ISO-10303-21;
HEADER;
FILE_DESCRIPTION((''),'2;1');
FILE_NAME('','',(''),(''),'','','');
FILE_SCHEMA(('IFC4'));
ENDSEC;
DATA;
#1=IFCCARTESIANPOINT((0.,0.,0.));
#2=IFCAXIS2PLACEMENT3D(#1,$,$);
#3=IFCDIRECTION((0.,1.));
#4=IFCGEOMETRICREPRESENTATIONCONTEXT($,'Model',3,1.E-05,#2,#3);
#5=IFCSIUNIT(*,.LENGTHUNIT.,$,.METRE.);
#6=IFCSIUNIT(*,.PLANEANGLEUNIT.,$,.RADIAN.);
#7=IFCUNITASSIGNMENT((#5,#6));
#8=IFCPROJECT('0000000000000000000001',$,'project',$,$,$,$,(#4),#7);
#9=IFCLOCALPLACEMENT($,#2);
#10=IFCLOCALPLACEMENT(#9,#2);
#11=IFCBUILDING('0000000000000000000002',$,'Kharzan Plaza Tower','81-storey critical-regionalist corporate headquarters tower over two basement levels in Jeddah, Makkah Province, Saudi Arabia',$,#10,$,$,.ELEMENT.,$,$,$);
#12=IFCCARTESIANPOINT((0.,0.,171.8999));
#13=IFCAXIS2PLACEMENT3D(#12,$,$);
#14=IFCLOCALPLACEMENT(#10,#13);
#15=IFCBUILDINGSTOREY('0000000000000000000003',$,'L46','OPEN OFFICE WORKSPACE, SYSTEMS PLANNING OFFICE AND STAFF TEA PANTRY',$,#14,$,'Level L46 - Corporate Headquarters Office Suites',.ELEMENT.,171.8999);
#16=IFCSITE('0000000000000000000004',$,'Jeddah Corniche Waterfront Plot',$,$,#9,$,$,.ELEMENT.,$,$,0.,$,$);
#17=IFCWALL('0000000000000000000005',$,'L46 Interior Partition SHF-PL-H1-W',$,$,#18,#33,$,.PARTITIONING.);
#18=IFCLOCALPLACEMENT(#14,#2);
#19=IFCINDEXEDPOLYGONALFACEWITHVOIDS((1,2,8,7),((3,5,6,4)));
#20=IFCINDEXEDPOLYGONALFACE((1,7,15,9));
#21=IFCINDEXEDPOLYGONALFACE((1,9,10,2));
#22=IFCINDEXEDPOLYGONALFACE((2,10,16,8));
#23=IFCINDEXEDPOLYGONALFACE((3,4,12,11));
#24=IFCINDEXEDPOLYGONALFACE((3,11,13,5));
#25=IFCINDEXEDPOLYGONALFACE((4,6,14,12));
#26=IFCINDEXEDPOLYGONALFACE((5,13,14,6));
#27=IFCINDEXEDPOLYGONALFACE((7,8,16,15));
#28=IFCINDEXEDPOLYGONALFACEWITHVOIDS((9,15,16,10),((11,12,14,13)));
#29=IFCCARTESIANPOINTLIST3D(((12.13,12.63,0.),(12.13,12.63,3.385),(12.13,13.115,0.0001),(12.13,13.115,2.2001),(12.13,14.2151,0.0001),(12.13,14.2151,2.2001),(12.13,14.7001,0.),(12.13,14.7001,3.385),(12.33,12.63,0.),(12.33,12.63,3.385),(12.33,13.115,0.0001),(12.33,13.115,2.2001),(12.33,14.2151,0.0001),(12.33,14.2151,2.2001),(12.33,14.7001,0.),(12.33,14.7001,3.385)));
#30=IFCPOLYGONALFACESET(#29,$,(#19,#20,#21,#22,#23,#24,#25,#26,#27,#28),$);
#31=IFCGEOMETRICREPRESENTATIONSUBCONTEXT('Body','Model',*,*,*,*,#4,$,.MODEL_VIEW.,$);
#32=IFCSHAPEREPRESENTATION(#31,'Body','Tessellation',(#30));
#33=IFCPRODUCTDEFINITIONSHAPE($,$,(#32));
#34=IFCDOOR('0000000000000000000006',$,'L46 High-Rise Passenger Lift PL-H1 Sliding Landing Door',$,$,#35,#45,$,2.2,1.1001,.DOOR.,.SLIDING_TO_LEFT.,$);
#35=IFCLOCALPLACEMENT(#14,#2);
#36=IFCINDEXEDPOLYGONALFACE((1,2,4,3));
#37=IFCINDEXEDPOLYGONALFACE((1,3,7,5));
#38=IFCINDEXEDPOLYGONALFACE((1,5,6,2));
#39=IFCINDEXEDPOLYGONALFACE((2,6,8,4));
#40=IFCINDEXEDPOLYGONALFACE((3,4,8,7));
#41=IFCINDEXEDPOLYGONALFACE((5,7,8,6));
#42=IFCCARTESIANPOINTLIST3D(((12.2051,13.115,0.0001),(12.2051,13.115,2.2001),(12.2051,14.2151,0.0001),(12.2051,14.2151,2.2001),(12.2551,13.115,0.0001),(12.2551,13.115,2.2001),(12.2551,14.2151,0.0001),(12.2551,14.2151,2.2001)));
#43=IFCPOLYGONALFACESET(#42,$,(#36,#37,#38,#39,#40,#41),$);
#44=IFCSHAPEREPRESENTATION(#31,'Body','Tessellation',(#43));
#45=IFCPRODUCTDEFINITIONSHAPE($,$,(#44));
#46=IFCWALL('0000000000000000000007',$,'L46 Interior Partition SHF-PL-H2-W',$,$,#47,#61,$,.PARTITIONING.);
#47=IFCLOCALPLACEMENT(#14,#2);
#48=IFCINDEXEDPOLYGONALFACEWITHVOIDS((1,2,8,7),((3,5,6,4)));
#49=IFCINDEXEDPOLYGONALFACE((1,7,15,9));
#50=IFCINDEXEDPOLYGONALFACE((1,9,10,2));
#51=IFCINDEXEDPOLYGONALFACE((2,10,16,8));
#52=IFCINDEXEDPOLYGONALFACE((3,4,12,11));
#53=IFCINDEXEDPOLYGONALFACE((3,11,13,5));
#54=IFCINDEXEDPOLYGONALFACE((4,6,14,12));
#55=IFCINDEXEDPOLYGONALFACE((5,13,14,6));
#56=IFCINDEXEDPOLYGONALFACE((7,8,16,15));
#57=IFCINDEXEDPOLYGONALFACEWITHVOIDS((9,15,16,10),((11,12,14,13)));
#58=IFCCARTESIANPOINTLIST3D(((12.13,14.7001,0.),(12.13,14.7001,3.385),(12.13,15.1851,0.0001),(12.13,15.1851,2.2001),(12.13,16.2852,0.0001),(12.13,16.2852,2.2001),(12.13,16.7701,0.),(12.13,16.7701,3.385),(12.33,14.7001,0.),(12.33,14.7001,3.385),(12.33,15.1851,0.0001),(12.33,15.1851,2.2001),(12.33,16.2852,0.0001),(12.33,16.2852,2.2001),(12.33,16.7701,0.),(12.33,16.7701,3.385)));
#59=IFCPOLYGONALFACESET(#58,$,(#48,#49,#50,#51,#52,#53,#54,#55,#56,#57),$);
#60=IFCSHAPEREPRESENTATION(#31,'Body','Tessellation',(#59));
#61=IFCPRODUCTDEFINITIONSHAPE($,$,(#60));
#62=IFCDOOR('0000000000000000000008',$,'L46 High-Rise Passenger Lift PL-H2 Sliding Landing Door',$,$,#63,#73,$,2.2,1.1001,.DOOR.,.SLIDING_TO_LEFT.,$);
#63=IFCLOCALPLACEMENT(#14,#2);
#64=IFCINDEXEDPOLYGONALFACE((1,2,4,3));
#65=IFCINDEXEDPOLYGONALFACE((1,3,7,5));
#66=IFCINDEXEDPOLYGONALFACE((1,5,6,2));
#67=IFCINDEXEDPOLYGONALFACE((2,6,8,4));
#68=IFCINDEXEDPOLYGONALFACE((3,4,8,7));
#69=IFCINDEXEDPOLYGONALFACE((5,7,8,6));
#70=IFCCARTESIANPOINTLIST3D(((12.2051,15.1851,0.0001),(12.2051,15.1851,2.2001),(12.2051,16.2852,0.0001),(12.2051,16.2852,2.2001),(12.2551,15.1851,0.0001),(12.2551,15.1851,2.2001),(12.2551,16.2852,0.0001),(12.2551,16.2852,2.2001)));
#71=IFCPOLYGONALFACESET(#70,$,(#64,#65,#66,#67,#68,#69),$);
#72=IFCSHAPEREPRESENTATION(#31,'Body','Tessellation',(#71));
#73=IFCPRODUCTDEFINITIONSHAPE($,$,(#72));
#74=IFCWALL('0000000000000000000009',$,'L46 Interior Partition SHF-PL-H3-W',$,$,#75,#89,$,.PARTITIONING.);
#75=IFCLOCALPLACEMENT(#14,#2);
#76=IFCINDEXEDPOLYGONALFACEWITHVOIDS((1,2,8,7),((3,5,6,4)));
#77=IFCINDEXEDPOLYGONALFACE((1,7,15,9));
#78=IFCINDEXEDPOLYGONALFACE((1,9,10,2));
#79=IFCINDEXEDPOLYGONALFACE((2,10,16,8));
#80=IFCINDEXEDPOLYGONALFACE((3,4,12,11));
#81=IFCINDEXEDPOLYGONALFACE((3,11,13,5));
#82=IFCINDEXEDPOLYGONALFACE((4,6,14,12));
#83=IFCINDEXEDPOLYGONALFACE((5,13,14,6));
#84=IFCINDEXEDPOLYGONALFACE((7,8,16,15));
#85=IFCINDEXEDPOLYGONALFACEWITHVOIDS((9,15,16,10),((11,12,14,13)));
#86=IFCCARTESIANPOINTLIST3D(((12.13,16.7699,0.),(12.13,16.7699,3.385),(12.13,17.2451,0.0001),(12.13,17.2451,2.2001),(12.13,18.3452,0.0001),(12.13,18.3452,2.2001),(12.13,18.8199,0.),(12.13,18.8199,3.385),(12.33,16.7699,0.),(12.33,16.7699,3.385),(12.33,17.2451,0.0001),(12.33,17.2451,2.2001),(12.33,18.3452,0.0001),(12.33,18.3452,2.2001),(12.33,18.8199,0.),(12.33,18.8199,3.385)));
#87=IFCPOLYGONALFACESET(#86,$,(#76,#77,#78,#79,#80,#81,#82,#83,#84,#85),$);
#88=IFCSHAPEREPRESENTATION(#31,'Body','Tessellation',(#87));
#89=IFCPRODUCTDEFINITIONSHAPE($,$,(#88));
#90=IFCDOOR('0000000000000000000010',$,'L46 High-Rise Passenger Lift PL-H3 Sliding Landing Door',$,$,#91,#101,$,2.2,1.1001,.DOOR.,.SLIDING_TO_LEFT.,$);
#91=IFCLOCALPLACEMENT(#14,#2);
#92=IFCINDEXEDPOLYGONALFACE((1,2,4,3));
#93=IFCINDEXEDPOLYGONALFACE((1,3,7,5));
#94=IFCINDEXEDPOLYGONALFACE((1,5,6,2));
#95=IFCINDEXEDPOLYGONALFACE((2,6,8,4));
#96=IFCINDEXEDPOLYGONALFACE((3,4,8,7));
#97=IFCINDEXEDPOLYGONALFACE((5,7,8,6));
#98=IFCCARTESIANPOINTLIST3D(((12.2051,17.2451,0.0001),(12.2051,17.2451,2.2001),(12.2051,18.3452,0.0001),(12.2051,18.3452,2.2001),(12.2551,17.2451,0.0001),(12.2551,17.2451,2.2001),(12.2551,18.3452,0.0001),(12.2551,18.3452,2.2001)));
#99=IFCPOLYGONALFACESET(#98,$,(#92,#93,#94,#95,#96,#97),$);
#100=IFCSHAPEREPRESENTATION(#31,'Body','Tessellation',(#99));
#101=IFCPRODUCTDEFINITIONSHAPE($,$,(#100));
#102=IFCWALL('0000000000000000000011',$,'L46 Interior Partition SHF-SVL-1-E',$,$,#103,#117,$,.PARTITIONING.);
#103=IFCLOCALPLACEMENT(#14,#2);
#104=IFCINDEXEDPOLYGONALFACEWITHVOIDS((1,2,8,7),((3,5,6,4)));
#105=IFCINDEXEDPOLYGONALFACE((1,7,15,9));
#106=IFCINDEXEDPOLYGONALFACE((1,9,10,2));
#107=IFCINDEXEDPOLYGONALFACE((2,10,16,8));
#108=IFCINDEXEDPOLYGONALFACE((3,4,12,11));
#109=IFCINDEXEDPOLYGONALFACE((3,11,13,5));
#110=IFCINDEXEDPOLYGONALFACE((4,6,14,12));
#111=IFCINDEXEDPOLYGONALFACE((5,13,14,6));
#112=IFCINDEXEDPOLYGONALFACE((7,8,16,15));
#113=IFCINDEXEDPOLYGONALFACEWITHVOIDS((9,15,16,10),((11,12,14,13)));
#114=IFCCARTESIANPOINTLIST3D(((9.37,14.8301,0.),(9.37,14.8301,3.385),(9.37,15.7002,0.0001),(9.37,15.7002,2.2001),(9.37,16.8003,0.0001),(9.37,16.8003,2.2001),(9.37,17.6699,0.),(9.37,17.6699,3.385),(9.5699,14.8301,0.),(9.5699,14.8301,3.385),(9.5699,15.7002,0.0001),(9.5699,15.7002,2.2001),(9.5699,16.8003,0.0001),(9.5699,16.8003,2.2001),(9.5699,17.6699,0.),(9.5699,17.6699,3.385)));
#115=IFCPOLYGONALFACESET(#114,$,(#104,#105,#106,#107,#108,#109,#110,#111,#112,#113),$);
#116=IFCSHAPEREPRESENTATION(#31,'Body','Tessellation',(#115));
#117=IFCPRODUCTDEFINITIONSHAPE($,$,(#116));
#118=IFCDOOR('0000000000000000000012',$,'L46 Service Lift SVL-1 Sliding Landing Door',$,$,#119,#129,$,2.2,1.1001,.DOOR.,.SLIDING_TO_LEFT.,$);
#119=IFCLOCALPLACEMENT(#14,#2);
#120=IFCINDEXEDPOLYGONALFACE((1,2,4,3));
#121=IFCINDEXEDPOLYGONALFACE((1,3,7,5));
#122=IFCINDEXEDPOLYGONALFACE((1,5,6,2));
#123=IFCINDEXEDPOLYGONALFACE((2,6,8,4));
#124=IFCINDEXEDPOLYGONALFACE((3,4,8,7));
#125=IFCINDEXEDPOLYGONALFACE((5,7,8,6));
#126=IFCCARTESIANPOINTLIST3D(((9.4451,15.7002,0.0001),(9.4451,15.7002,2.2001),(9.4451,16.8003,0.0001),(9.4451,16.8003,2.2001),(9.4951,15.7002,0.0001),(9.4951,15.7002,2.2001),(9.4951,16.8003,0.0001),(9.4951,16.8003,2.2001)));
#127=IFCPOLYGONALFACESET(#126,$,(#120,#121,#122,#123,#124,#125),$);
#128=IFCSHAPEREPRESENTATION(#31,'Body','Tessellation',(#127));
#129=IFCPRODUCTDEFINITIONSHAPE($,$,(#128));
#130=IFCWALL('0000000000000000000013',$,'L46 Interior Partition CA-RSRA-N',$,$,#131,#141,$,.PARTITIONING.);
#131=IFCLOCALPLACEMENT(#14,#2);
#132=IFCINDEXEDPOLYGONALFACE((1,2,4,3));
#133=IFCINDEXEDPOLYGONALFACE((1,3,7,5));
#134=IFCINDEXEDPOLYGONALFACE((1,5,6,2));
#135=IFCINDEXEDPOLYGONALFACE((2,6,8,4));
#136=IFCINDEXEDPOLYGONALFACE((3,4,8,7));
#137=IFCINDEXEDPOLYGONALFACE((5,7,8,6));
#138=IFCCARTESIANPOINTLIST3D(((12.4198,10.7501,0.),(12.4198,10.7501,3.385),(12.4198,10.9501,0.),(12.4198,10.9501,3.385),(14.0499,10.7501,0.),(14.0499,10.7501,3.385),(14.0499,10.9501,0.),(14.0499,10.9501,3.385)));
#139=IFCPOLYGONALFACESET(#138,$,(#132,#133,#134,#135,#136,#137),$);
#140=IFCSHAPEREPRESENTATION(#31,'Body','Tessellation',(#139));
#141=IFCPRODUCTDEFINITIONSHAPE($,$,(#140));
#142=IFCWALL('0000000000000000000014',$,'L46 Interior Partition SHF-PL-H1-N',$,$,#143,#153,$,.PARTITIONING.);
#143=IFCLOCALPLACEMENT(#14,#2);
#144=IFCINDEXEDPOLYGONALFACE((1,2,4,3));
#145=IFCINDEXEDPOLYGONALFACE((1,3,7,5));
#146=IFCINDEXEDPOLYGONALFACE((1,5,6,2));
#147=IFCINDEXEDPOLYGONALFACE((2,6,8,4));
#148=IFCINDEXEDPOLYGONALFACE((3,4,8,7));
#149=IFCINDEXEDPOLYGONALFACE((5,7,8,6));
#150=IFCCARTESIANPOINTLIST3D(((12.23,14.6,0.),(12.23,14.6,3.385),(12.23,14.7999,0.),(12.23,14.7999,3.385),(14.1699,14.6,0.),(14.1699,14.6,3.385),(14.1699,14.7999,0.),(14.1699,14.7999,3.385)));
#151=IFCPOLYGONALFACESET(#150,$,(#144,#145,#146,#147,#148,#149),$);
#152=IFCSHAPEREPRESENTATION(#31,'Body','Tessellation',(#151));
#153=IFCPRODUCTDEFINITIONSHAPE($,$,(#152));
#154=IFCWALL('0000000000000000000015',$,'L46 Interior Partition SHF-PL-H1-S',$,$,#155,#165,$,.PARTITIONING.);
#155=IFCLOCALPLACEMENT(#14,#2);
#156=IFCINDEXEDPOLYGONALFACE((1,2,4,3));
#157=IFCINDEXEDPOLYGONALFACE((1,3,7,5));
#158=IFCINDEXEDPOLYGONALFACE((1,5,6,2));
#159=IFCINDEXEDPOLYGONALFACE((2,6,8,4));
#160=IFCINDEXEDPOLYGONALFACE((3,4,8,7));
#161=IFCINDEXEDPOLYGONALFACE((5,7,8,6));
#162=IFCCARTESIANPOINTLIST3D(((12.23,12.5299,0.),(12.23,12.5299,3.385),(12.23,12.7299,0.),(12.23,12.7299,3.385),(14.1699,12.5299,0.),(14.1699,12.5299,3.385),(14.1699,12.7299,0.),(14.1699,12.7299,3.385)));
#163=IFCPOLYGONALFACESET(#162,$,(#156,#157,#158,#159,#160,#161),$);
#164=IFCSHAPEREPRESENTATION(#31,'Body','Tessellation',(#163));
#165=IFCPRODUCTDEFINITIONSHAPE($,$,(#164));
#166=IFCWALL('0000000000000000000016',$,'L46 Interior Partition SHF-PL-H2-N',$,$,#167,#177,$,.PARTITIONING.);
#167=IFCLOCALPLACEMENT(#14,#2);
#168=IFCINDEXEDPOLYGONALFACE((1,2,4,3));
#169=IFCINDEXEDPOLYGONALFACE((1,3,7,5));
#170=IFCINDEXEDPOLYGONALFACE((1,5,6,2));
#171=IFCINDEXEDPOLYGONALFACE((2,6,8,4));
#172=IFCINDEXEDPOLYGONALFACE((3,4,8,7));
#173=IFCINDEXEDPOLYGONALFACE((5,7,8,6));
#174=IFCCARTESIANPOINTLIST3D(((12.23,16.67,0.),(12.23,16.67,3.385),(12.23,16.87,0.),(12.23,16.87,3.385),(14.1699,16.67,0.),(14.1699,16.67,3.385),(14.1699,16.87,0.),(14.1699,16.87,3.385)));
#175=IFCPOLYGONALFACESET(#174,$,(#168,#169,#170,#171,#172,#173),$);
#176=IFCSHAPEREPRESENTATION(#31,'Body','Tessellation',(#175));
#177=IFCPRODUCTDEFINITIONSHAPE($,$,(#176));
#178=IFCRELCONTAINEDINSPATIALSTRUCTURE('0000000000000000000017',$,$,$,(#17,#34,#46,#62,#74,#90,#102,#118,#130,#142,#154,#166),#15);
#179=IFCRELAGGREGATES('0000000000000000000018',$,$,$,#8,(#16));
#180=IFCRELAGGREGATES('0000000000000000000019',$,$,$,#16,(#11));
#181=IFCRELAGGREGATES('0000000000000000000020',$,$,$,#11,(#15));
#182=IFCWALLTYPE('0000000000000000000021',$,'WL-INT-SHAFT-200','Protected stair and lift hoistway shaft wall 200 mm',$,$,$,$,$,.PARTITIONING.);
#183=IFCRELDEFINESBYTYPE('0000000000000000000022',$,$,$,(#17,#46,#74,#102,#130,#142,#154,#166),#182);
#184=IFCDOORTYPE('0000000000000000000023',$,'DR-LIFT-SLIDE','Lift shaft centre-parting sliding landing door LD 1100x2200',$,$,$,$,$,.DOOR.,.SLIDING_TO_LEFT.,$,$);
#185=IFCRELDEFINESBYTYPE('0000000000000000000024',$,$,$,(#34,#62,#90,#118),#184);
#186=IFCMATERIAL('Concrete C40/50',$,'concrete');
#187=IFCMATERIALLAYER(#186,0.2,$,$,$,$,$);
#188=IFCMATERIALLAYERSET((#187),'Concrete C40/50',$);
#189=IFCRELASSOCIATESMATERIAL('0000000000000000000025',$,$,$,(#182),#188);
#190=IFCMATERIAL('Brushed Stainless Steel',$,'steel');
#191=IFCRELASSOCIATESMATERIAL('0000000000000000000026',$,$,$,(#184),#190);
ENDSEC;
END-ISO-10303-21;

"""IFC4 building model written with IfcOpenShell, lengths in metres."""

from ifc_helpers import new_model, si_unit, direction, frame, frame_2d, origin, place, context, subcontext, project, spatial, rectangle, extrude, source, transform, mapped, material, layer, layer_set, type_object, element, fill, save


model = new_model("IFC4")

# Units and contexts
model_context = context("Model", 3, precision=1e-05, world=origin(), true_north=direction((0.0, 1.0)))
body_context = subcontext(model_context, "Body", "Model", "MODEL_VIEW")
ifc_project = project(units=[si_unit("LENGTHUNIT", "METRE"), si_unit("PLANEANGLEUNIT", "RADIAN")], contexts=[model_context])

# Site, building, storey
site_placement = place(None, origin())
site = spatial("IfcSite", under=ifc_project, at=site_placement, Name="Jeddah Corniche Waterfront Plot", CompositionType="ELEMENT", RefElevation=0.0)
building_placement = place(site_placement, origin())
building = spatial("IfcBuilding", under=site, at=building_placement, Name="Kharzan Plaza Tower", Description="81-storey critical-regionalist corporate headquarters tower over two basement levels in Jeddah, Makkah Province, Saudi Arabia", CompositionType="ELEMENT")
storey_placement = place(building_placement, frame((0.0, 0.0, 171.8999)))
storey = spatial("IfcBuildingStorey", under=building, at=storey_placement, Name="L46", Description="OPEN OFFICE WORKSPACE, SYSTEMS PLANNING OFFICE AND STAFF TEA PANTRY", LongName="Level L46 - Corporate Headquarters Office Suites", CompositionType="ELEMENT", Elevation=171.8999)

# Walls, openings, doors
ifc_material_1 = material(Name="Concrete C40/50", Category="concrete")
ifc_layer_1 = layer(ifc_material_1, 0.2)
ifc_layer_set_1 = layer_set([ifc_layer_1], Name="Concrete C40/50")
wall_type_1 = type_object("IfcWallType", Name="WL-INT-SHAFT-200", Description="Protected stair and lift hoistway shaft wall 200 mm", PredefinedType="PARTITIONING", material=ifc_layer_set_1)
wall_1_placement = place(storey_placement, frame((12.23, 12.6299, 0.0), z_axis=(0.0, 0.0, 1.0), x_axis=(0.0, 1.0, 0.0)))
wall_1 = element("IfcWall", 1, at=wall_1_placement, inside=storey, type_object=wall_type_1, Name="L46 Interior Partition SHF-PL-H1-W", PredefinedType="PARTITIONING", context=body_context, shape_type="SweptSolid", body=[
    extrude(rectangle(XDim=2.0701, YDim=0.2, at=frame_2d((1.0352, 0.0))), origin(), (0.0, 0.0, 1.0), 3.385),
])
opening_1_placement = place(wall_1_placement, frame((0.4851, 0.0, 0.0)))
opening_1 = element("IfcOpeningElement", 2, at=opening_1_placement, cuts=wall_1, PredefinedType="OPENING", context=body_context, shape_type="SweptSolid", body=[
    extrude(rectangle(XDim=1.1001, YDim=2.2, at=frame_2d((0.55, 1.1001))), frame((0.0, 0.1099, 0.0), z_axis=(0.0, -1.0, 0.0), x_axis=(1.0, 0.0, 0.0)), (0.0, 0.0, 1.0), 0.22),
])
ifc_material_2 = material(Name="Brushed Stainless Steel", Category="steel")
door_type_1 = type_object("IfcDoorType", Name="DR-LIFT-SLIDE", Description="Lift shaft centre-parting sliding landing door LD 1100x2200", OperationType="SLIDING_TO_LEFT", PredefinedType="DOOR", material=ifc_material_2)
shared_shape_1 = source(origin(), body_context, "Body", "SweptSolid", [
    extrude(rectangle(XDim=1.1001, YDim=2.2, at=frame_2d((0.55, 1.1001))), frame((0.0, 0.0249, 0.0), z_axis=(0.0, -1.0, 0.0), x_axis=(1.0, 0.0, 0.0)), (0.0, 0.0, 1.0), 0.05),
])
door_1_placement = place(opening_1_placement, origin())
door_1 = element("IfcDoor", 3, at=door_1_placement, inside=storey, type_object=door_type_1, Name="L46 High-Rise Passenger Lift PL-H1 Sliding Landing Door", OperationType="SLIDING_TO_LEFT", OverallHeight=2.2, OverallWidth=1.1001, PredefinedType="DOOR", context=body_context, shape_type="MappedRepresentation", body=[
    mapped(shared_shape_1, transform((0.0, 0.0, 0.0), x_axis=(1.0, 0.0, 0.0), y_axis=(0.0, 1.0, 0.0), z_axis=(0.0, 0.0, 1.0))),
])
fill(opening_1, door_1)
wall_2_placement = place(storey_placement, frame((12.23, 14.7, 0.0), z_axis=(0.0, 0.0, 1.0), x_axis=(0.0, 1.0, 0.0)))
wall_2 = element("IfcWall", 4, at=wall_2_placement, inside=storey, type_object=wall_type_1, Name="L46 Interior Partition SHF-PL-H2-W", PredefinedType="PARTITIONING", context=body_context, shape_type="SweptSolid", body=[
    extrude(rectangle(XDim=2.0701, YDim=0.2, at=frame_2d((1.0352, 0.0))), origin(), (0.0, 0.0, 1.0), 3.385),
])
opening_2_placement = place(wall_2_placement, frame((0.4851, 0.0, 0.0)))
opening_2 = element("IfcOpeningElement", 5, at=opening_2_placement, cuts=wall_2, PredefinedType="OPENING", context=body_context, shape_type="SweptSolid", body=[
    extrude(rectangle(XDim=1.1001, YDim=2.2, at=frame_2d((0.55, 1.1001))), frame((0.0, 0.1099, 0.0), z_axis=(0.0, -1.0, 0.0), x_axis=(1.0, 0.0, 0.0)), (0.0, 0.0, 1.0), 0.22),
])
door_2_placement = place(opening_2_placement, origin())
door_2 = element("IfcDoor", 6, at=door_2_placement, inside=storey, type_object=door_type_1, Name="L46 High-Rise Passenger Lift PL-H2 Sliding Landing Door", OperationType="SLIDING_TO_LEFT", OverallHeight=2.2, OverallWidth=1.1001, PredefinedType="DOOR", context=body_context, shape_type="MappedRepresentation", body=[
    mapped(shared_shape_1, transform((0.0, 0.0, 0.0), x_axis=(1.0, 0.0, 0.0), y_axis=(0.0, 1.0, 0.0), z_axis=(0.0, 0.0, 1.0))),
])
fill(opening_2, door_2)
wall_3_placement = place(storey_placement, frame((12.23, 16.77, 0.0), z_axis=(0.0, 0.0, 1.0), x_axis=(0.0, 1.0, 0.0)))
wall_3 = element("IfcWall", 7, at=wall_3_placement, inside=storey, type_object=wall_type_1, Name="L46 Interior Partition SHF-PL-H3-W", PredefinedType="PARTITIONING", context=body_context, shape_type="SweptSolid", body=[
    extrude(rectangle(XDim=2.05, YDim=0.2, at=frame_2d((1.0249, 0.0))), origin(), (0.0, 0.0, 1.0), 3.385),
])
opening_3_placement = place(wall_3_placement, frame((0.4751, 0.0, 0.0)))
opening_3 = element("IfcOpeningElement", 8, at=opening_3_placement, cuts=wall_3, PredefinedType="OPENING", context=body_context, shape_type="SweptSolid", body=[
    extrude(rectangle(XDim=1.1001, YDim=2.2, at=frame_2d((0.55, 1.1001))), frame((0.0, 0.1099, 0.0), z_axis=(0.0, -1.0, 0.0), x_axis=(1.0, 0.0, 0.0)), (0.0, 0.0, 1.0), 0.22),
])
door_3_placement = place(opening_3_placement, origin())
door_3 = element("IfcDoor", 9, at=door_3_placement, inside=storey, type_object=door_type_1, Name="L46 High-Rise Passenger Lift PL-H3 Sliding Landing Door", OperationType="SLIDING_TO_LEFT", OverallHeight=2.2, OverallWidth=1.1001, PredefinedType="DOOR", context=body_context, shape_type="MappedRepresentation", body=[
    mapped(shared_shape_1, transform((0.0, 0.0, 0.0), x_axis=(1.0, 0.0, 0.0), y_axis=(0.0, 1.0, 0.0), z_axis=(0.0, 0.0, 1.0))),
])
fill(opening_3, door_3)
wall_4_placement = place(storey_placement, frame((9.47, 14.8301, 0.0), z_axis=(0.0, 0.0, 1.0), x_axis=(0.0, 1.0, 0.0)))
wall_4 = element("IfcWall", 10, at=wall_4_placement, inside=storey, type_object=wall_type_1, Name="L46 Interior Partition SHF-SVL-1-E", PredefinedType="PARTITIONING", context=body_context, shape_type="SweptSolid", body=[
    extrude(rectangle(XDim=2.8398, YDim=0.2, at=frame_2d((1.4199, 0.0))), origin(), (0.0, 0.0, 1.0), 3.385),
])
opening_4_placement = place(wall_4_placement, frame((0.8701, 0.0, 0.0)))
opening_4 = element("IfcOpeningElement", 11, at=opening_4_placement, cuts=wall_4, PredefinedType="OPENING", context=body_context, shape_type="SweptSolid", body=[
    extrude(rectangle(XDim=1.1001, YDim=2.2, at=frame_2d((0.55, 1.1001))), frame((0.0, 0.1099, 0.0), z_axis=(0.0, -1.0, 0.0), x_axis=(1.0, 0.0, 0.0)), (0.0, 0.0, 1.0), 0.22),
])
door_4_placement = place(opening_4_placement, origin())
door_4 = element("IfcDoor", 12, at=door_4_placement, inside=storey, type_object=door_type_1, Name="L46 Service Lift SVL-1 Sliding Landing Door", OperationType="SLIDING_TO_LEFT", OverallHeight=2.2, OverallWidth=1.1001, PredefinedType="DOOR", context=body_context, shape_type="MappedRepresentation", body=[
    mapped(shared_shape_1, transform((0.0, 0.0, 0.0), x_axis=(1.0, 0.0, 0.0), y_axis=(0.0, 1.0, 0.0), z_axis=(0.0, 0.0, 1.0))),
])
fill(opening_4, door_4)

# Walls
shared_shape_2 = source(origin(), body_context, "Body", "SweptSolid", [
    extrude(rectangle(XDim=1.6301, YDim=0.2, at=frame_2d((0.8149, 0.0))), origin(), (0.0, 0.0, 1.0), 3.385),
])
wall_5_placement = place(storey_placement, frame((12.4199, 10.8501, 0.0), z_axis=(0.0, 0.0, 1.0), x_axis=(1.0, 0.0, 0.0)))
element("IfcWall", 13, at=wall_5_placement, inside=storey, type_object=wall_type_1, Name="L46 Interior Partition CA-RSRA-N", PredefinedType="PARTITIONING", context=body_context, shape_type="MappedRepresentation", body=[
    mapped(shared_shape_2, transform((0.0, 0.0, 0.0), x_axis=(1.0, 0.0, 0.0), y_axis=(0.0, 1.0, 0.0), z_axis=(0.0, 0.0, 1.0))),
])
shared_shape_3 = source(origin(), body_context, "Body", "SweptSolid", [
    extrude(rectangle(XDim=1.9399, YDim=0.2, at=frame_2d((0.97, 0.0))), origin(), (0.0, 0.0, 1.0), 3.385),
])
for number, where, z_axis, x_axis, name in (
    (14, (12.23, 14.7, 0.0), (0.0, 0.0, 1.0), (1.0, 0.0, 0.0), "L46 Interior Partition SHF-PL-H1-N"),
    (15, (12.23, 12.6299, 0.0), (0.0, 0.0, 1.0), (1.0, 0.0, 0.0), "L46 Interior Partition SHF-PL-H1-S"),
    (16, (12.23, 16.77, 0.0), (0.0, 0.0, 1.0), (1.0, 0.0, 0.0), "L46 Interior Partition SHF-PL-H2-N"),
):
    element("IfcWall", number, at=place(storey_placement, frame(where, z_axis=z_axis, x_axis=x_axis)), inside=storey, type_object=wall_type_1, Name=name, PredefinedType="PARTITIONING", context=body_context, shape_type="MappedRepresentation", body=[
        mapped(shared_shape_3, transform((0.0, 0.0, 0.0), x_axis=(1.0, 0.0, 0.0), y_axis=(0.0, 1.0, 0.0), z_axis=(0.0, 0.0, 1.0))),
    ])

save(model, "model.ifc")
